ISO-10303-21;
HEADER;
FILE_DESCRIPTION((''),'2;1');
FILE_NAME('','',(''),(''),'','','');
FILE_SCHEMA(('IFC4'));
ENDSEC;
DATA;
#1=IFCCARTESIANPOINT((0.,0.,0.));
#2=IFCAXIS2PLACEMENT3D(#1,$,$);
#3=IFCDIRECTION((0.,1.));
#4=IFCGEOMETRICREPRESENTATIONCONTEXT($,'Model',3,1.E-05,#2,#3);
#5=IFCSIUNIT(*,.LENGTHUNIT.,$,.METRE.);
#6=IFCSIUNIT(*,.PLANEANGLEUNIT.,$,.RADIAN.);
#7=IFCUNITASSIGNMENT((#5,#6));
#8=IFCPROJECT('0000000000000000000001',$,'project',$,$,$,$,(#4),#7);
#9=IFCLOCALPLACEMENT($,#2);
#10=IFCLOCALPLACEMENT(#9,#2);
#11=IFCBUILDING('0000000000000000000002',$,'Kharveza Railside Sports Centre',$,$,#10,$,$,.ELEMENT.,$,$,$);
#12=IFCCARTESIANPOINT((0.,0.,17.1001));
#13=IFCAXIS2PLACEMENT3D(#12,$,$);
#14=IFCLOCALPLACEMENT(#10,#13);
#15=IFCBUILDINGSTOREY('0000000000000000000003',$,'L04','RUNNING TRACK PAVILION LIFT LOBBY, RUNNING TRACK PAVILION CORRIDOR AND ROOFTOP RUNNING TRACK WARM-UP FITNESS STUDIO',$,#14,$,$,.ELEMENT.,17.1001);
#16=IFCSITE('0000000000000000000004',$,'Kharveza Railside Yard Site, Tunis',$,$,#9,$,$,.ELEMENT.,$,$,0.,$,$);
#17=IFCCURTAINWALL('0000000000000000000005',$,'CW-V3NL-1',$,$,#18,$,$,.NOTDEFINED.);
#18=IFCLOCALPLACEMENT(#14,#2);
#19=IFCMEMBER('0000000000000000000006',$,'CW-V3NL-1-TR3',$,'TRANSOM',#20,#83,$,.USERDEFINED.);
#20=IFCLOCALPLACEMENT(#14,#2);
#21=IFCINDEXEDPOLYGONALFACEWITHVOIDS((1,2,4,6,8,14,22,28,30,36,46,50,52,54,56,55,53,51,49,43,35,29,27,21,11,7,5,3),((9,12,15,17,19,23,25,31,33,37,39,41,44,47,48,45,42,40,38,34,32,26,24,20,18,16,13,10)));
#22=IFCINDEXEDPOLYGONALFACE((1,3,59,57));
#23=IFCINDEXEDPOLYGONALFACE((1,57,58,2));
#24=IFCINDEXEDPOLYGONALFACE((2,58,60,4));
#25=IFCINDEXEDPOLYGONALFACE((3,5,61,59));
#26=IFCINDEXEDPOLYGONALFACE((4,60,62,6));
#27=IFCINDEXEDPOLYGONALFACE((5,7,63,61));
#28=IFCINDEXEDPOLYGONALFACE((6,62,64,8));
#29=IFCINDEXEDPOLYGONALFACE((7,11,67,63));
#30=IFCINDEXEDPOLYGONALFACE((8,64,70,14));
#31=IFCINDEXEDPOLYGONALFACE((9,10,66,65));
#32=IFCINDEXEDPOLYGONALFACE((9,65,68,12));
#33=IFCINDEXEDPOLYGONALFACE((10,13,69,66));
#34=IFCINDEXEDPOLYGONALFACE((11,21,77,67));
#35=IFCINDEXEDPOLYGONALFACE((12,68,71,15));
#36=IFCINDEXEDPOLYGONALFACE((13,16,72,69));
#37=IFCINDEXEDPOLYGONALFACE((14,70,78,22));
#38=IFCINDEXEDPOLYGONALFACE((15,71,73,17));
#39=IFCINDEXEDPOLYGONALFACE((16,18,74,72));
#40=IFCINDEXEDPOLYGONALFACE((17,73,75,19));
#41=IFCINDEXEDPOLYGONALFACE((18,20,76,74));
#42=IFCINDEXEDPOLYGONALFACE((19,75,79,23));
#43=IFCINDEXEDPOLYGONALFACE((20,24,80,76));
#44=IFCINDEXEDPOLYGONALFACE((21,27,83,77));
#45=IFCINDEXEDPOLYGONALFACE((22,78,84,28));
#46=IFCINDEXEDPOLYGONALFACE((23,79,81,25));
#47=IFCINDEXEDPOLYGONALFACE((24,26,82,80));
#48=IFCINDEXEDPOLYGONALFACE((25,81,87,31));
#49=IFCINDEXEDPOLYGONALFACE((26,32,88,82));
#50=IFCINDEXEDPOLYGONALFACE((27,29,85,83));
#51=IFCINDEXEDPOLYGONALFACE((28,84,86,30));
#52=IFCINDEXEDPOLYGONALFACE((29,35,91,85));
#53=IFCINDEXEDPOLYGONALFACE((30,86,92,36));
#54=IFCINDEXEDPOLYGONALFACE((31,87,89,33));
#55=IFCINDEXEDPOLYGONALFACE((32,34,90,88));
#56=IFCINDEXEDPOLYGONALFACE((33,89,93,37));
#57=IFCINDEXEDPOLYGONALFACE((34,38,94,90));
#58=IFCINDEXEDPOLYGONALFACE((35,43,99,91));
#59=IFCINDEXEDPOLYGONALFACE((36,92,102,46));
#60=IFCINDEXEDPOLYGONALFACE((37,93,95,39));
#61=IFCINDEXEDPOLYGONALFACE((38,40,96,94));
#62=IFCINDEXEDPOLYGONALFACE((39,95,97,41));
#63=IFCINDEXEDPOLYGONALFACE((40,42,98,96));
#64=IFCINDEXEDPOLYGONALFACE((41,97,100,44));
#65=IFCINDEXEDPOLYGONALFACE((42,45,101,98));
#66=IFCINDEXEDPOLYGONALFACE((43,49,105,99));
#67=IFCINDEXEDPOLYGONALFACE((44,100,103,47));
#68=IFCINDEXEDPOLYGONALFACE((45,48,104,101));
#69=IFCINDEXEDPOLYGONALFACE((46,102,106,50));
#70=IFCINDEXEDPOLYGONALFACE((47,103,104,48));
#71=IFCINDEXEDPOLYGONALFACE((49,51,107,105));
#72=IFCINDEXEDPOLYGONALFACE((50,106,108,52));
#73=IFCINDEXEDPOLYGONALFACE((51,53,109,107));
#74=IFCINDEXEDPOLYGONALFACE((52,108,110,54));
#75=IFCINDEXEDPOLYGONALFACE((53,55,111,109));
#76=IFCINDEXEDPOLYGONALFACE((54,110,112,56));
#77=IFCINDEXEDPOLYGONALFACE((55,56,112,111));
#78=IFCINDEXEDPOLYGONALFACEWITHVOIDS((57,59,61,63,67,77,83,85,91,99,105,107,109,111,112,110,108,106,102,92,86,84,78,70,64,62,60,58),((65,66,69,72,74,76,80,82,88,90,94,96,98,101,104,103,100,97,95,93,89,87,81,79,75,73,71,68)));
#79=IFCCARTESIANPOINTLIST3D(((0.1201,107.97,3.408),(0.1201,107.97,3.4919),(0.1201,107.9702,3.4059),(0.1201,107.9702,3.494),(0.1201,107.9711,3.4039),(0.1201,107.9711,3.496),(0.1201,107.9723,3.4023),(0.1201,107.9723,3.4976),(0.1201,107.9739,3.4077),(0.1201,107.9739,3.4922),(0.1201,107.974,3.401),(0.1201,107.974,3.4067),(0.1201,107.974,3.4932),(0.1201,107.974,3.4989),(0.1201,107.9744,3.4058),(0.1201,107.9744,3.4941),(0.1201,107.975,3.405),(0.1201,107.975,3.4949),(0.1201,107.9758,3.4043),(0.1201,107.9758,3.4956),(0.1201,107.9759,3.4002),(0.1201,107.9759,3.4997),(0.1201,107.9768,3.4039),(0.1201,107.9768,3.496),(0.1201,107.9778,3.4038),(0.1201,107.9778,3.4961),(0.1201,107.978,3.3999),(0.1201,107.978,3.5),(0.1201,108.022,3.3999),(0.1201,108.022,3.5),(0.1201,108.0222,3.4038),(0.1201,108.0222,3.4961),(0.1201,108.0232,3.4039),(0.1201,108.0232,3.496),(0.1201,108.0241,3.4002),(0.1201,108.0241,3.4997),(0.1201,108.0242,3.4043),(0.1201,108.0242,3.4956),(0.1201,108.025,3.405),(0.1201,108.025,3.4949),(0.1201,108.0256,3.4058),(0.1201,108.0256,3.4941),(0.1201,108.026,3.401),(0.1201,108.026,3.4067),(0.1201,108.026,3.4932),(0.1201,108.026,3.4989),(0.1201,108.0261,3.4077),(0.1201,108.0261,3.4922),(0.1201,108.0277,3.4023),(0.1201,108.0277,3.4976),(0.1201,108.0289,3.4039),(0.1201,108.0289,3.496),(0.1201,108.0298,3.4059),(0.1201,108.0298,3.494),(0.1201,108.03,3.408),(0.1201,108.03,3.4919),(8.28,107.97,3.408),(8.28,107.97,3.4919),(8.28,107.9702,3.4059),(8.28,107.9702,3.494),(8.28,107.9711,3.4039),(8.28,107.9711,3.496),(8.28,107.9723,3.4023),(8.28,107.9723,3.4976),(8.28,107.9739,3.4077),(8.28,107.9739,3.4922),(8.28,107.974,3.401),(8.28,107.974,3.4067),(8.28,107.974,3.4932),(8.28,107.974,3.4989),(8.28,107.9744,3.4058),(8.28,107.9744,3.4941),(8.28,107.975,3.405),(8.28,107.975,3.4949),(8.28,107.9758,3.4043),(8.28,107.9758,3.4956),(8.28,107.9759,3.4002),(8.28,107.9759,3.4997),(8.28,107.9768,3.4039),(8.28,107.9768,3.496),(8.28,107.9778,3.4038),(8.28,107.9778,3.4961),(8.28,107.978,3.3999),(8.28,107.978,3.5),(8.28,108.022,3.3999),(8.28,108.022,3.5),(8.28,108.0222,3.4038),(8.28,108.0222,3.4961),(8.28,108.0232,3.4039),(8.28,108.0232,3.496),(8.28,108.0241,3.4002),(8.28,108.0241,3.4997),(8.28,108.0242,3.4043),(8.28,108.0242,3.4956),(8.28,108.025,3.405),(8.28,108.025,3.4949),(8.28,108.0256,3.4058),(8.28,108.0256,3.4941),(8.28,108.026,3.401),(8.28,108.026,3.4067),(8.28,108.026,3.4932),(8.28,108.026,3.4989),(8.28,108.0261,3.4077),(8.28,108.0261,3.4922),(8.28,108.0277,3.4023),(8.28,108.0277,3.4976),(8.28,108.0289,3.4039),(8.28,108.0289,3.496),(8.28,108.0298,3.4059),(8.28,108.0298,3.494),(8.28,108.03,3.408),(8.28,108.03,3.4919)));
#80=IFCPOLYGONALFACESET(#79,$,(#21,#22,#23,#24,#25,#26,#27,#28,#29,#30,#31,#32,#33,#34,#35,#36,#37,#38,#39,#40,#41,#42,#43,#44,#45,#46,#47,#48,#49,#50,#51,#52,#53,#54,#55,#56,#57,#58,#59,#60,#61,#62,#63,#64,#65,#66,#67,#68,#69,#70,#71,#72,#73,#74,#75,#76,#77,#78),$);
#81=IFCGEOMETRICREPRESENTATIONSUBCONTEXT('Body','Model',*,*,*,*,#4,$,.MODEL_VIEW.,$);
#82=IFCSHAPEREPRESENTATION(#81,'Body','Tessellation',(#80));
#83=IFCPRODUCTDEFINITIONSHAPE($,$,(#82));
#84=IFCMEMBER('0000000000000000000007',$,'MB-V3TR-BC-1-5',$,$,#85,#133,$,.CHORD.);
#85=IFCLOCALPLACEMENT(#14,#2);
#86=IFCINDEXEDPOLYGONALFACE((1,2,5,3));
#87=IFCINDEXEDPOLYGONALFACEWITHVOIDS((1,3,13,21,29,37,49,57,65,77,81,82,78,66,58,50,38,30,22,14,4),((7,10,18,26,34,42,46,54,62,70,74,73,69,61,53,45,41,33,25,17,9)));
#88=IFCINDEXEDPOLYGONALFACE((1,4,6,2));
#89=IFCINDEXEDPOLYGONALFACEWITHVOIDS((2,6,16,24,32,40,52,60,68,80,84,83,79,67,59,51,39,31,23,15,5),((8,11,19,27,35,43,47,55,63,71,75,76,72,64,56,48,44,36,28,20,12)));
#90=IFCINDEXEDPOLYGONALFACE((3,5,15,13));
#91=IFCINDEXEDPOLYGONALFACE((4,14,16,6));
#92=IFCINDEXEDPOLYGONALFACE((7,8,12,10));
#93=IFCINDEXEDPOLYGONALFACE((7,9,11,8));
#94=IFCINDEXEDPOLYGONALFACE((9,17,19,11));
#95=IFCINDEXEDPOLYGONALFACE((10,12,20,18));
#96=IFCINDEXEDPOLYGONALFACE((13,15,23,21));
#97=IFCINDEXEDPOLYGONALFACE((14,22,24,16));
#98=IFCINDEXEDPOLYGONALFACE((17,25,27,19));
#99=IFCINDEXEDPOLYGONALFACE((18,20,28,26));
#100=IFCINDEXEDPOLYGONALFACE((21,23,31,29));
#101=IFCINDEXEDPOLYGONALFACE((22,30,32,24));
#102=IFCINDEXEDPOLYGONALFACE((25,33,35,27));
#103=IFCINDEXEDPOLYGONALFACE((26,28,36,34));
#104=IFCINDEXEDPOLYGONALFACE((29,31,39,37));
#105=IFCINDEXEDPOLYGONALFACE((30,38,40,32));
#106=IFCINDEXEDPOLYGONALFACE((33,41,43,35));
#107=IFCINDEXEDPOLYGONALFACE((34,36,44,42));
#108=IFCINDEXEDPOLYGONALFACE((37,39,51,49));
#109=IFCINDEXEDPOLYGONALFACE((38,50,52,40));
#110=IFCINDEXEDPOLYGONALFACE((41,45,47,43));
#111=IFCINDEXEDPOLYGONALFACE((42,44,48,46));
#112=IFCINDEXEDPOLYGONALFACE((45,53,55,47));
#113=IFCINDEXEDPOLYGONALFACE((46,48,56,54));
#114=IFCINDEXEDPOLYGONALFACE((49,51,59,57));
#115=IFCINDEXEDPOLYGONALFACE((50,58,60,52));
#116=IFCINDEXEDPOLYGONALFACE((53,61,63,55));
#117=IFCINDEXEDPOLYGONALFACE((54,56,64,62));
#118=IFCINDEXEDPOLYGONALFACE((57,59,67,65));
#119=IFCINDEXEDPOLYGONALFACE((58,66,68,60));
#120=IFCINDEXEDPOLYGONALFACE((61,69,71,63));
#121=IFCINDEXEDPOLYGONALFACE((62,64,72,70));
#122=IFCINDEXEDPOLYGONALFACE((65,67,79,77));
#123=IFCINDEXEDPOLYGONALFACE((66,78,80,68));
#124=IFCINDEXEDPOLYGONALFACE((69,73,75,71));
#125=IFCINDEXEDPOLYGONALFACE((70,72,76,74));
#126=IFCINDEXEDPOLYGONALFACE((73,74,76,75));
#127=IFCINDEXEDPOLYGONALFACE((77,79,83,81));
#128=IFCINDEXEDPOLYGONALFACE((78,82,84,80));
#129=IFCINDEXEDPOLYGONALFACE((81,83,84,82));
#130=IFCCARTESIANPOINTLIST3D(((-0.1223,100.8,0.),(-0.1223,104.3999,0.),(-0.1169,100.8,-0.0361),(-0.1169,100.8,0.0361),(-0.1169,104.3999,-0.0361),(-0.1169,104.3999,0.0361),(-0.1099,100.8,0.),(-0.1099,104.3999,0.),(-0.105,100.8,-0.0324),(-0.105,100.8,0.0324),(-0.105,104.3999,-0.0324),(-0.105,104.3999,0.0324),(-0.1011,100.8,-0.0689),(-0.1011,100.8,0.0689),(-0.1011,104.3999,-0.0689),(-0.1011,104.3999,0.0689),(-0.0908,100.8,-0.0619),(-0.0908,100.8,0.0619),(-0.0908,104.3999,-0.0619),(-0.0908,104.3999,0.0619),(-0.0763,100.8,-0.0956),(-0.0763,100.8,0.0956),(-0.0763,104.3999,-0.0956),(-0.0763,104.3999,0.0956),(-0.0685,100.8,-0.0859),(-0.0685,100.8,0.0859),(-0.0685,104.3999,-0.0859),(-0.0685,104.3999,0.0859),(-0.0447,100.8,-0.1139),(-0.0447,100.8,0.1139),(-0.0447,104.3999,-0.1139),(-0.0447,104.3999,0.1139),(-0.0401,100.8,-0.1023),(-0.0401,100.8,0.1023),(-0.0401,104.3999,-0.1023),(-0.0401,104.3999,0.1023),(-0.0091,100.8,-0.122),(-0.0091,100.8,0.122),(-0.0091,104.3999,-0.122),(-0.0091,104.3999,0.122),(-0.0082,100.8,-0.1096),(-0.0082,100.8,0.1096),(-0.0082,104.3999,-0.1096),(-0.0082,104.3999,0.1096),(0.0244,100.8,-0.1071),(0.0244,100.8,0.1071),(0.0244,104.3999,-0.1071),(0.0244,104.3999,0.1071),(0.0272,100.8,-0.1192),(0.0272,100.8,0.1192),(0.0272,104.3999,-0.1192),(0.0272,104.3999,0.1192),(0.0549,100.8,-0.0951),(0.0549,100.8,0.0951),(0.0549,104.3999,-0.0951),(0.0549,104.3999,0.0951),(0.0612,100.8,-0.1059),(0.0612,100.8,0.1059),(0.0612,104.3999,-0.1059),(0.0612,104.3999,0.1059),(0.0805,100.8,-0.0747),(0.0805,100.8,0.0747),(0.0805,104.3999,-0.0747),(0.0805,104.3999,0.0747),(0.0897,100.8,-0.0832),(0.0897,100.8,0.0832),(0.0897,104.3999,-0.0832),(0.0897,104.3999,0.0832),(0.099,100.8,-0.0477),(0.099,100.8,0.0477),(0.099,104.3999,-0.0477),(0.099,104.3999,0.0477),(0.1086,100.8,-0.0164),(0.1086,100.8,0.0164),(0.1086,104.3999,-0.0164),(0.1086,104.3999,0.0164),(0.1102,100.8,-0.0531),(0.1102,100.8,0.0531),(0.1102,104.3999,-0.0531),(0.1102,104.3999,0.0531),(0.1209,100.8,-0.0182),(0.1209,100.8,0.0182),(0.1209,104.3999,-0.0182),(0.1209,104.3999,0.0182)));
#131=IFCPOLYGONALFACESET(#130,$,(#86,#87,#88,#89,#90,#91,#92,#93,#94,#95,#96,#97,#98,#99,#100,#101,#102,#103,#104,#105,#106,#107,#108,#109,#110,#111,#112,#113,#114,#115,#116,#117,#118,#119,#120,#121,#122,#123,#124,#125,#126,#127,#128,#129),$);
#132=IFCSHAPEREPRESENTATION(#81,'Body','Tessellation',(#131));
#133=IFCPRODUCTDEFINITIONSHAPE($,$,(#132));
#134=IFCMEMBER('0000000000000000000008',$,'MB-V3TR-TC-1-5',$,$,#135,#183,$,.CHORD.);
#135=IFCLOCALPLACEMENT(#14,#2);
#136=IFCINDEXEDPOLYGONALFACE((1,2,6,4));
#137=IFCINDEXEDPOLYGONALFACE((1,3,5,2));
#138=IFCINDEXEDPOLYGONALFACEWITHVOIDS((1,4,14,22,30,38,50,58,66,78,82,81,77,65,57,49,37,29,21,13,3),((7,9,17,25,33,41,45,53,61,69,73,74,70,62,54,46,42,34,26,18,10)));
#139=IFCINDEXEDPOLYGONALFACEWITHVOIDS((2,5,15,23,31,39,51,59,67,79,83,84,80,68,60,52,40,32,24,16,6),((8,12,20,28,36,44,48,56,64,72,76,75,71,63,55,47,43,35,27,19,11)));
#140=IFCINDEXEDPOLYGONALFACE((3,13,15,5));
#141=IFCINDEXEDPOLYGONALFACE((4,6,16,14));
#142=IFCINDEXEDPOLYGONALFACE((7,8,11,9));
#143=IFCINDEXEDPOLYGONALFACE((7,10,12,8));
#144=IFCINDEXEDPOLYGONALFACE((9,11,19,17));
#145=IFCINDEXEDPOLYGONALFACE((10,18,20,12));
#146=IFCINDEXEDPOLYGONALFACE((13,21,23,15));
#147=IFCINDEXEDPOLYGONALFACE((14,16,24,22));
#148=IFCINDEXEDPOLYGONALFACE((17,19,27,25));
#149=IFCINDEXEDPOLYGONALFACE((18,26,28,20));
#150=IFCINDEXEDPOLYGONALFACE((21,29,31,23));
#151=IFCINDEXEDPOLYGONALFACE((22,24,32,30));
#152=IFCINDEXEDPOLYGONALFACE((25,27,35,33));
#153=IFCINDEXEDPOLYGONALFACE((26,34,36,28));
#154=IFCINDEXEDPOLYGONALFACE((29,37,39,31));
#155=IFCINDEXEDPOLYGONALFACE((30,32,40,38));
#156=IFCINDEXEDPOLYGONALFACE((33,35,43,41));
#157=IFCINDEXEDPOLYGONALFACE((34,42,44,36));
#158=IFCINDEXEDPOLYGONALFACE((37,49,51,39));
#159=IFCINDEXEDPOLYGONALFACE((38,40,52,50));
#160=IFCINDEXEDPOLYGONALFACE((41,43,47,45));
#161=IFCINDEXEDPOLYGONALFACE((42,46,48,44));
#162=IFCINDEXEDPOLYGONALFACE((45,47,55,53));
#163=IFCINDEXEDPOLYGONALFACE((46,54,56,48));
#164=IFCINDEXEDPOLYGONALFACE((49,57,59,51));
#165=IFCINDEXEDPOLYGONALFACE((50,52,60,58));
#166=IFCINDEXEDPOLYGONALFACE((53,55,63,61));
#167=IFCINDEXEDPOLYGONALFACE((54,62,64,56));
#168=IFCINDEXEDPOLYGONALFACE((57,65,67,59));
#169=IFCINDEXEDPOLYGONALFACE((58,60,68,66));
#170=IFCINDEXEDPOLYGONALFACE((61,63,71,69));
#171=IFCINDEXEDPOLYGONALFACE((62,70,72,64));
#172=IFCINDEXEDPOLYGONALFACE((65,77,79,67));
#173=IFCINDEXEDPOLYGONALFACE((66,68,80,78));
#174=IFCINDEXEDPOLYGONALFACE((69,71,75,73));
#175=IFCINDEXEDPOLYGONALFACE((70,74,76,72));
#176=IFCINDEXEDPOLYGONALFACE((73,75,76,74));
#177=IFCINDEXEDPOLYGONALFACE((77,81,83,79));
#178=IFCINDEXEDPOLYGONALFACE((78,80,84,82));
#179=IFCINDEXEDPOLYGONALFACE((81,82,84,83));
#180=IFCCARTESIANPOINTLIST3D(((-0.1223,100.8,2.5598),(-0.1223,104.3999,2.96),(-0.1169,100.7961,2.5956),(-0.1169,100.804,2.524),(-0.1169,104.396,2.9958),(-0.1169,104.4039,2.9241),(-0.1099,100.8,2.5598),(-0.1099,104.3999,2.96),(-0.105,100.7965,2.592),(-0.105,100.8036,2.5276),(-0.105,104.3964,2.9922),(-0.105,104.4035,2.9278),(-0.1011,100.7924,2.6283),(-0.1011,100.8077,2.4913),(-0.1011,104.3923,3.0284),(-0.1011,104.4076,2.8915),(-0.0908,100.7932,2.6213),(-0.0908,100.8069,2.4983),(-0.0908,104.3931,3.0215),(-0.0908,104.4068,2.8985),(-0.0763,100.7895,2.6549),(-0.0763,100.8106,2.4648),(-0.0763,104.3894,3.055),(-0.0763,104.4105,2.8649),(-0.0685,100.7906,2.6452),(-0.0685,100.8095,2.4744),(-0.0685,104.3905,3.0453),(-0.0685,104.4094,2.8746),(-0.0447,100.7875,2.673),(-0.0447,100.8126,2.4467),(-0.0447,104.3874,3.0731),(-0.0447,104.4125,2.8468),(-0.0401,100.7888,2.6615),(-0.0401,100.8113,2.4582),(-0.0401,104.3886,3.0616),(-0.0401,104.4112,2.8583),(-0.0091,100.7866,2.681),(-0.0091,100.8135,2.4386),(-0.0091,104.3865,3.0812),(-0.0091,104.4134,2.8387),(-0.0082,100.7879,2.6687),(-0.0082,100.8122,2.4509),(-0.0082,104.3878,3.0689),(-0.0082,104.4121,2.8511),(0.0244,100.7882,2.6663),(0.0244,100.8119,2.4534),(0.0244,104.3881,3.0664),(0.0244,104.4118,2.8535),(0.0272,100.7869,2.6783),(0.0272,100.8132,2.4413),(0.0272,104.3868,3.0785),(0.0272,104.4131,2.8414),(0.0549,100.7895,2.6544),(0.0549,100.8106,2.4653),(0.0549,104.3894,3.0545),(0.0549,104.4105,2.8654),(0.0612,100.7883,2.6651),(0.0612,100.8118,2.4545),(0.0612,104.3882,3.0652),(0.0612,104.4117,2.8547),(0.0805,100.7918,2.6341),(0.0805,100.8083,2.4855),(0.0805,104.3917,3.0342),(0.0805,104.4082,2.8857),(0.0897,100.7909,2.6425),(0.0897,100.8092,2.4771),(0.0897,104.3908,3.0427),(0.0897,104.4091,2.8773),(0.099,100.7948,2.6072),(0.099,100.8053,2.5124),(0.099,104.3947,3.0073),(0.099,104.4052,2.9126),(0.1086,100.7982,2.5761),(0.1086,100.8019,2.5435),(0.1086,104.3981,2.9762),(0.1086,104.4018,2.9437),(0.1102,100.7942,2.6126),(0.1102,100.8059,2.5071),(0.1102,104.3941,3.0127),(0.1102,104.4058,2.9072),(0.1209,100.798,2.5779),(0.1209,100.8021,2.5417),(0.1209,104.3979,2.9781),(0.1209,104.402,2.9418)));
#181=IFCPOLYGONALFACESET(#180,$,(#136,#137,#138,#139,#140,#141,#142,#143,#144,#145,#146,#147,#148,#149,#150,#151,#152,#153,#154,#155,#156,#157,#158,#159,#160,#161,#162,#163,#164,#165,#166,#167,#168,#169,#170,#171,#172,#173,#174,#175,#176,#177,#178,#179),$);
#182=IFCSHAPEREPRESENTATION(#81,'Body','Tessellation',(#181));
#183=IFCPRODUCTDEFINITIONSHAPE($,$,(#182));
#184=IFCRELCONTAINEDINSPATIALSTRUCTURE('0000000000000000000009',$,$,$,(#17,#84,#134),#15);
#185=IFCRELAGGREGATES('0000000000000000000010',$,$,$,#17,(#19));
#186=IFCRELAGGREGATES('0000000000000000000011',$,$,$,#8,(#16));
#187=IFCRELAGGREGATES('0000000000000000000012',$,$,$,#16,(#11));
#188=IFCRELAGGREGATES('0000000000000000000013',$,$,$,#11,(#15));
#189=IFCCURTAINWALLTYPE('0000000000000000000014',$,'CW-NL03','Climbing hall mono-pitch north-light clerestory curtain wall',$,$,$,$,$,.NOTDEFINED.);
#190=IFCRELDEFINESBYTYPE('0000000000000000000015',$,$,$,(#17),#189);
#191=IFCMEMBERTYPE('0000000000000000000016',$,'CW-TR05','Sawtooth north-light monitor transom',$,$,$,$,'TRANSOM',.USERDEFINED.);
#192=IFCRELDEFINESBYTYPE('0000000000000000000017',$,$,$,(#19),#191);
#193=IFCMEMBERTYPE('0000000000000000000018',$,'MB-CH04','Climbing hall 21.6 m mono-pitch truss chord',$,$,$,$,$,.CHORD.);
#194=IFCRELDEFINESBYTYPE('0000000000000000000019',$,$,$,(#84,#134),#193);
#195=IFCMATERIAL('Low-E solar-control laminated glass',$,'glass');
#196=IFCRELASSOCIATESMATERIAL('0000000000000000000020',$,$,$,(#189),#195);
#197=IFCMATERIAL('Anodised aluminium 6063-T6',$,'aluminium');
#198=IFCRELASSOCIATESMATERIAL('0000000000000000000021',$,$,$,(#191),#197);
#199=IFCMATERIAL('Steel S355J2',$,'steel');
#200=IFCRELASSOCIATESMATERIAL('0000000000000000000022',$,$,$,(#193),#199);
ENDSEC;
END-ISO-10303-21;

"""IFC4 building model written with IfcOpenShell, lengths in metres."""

from ifc_helpers import new_model, si_unit, direction, frame, origin, origin_2d, place, context, subcontext, project, spatial, hollow_rectangle, hollow_circle, extrude, material, material_profile, profile_set, type_object, element, aggregate, save


model = new_model("IFC4")

# Units and contexts
model_context = context("Model", 3, precision=1e-05, world=origin(), true_north=direction((0.0, 1.0)))
body_context = subcontext(model_context, "Body", "Model", "MODEL_VIEW")
ifc_project = project(units=[si_unit("LENGTHUNIT", "METRE"), si_unit("PLANEANGLEUNIT", "RADIAN")], contexts=[model_context])

# Site, building, storey
site_placement = place(None, origin())
site = spatial("IfcSite", under=ifc_project, at=site_placement, Name="Kharveza Railside Yard Site, Tunis", CompositionType="ELEMENT", RefElevation=0.0)
building_placement = place(site_placement, origin())
building = spatial("IfcBuilding", under=site, at=building_placement, Name="Kharveza Railside Sports Centre", CompositionType="ELEMENT")
storey_placement = place(building_placement, frame((0.0, 0.0, 17.1001)))
storey = spatial("IfcBuildingStorey", under=building, at=storey_placement, Name="L04", Description="RUNNING TRACK PAVILION LIFT LOBBY, RUNNING TRACK PAVILION CORRIDOR AND ROOFTOP RUNNING TRACK WARM-UP FITNESS STUDIO", CompositionType="ELEMENT", Elevation=17.1001)

# Curtain wall, member
ifc_material_1 = material(Name="Low-E solar-control laminated glass", Category="glass")
curtain_wall_type = type_object("IfcCurtainWallType", Name="CW-NL03", Description="Climbing hall mono-pitch north-light clerestory curtain wall", PredefinedType="NOTDEFINED", material=ifc_material_1)
curtain_wall_placement = place(storey_placement, origin())
curtain_wall = element("IfcCurtainWall", 1, at=curtain_wall_placement, inside=storey, type_object=curtain_wall_type, Name="CW-V3NL-1", PredefinedType="NOTDEFINED")
ifc_material_2 = material(Name="Anodised aluminium 6063-T6", Category="aluminium")
ifc_material_profile_1 = material_profile(ifc_material_2, hollow_rectangle(XDim=0.0601, YDim=0.1001, WallThickness=0.0039, InnerFilletRadius=0.0039, OuterFilletRadius=0.0081, at=origin_2d()), Name="RHS 60x100x4.0")
ifc_profile_set_1 = profile_set([ifc_material_profile_1], Name="Anodised aluminium 6063-T6")
member_type_1 = type_object("IfcMemberType", Name="CW-TR05", Description="Sawtooth north-light monitor transom", ElementType="TRANSOM", PredefinedType="USERDEFINED", material=ifc_profile_set_1)
member_1_placement = place(storey_placement, frame((0.1201, 108.0, 3.45), z_axis=(1.0, 0.0, 0.0), x_axis=(0.0, 1.0, 0.0)))
member_1 = element("IfcMember", 2, at=member_1_placement, type_object=member_type_1, Name="CW-V3NL-1-TR3", ObjectType="TRANSOM", PredefinedType="USERDEFINED", context=body_context, shape_type="SweptSolid", body=[
    extrude(hollow_rectangle(XDim=0.0601, YDim=0.1001, WallThickness=0.0039, InnerFilletRadius=0.0039, OuterFilletRadius=0.0081, at=origin_2d()), origin(), (0.0, 0.0, 1.0), 8.1599),
])

# Members
ifc_material_3 = material(Name="Steel S355J2", Category="steel")
ifc_material_profile_2 = material_profile(ifc_material_3, hollow_circle(Radius=0.1223, WallThickness=0.0125, at=origin_2d()), Name="CHS 244.5x12.5")
ifc_profile_set_2 = profile_set([ifc_material_profile_2], Name="Steel S355J2")
member_type_2 = type_object("IfcMemberType", Name="MB-CH04", Description="Climbing hall 21.6 m mono-pitch truss chord", PredefinedType="CHORD", material=ifc_profile_set_2)
member_2_placement = place(storey_placement, frame((0.0, 100.8, 0.0), z_axis=(0.0, 1.0, 0.0), x_axis=(-1.0, 0.0, 0.0)))
element("IfcMember", 3, at=member_2_placement, inside=storey, type_object=member_type_2, Name="MB-V3TR-BC-1-5", PredefinedType="CHORD", context=body_context, shape_type="SweptSolid", body=[
    extrude(hollow_circle(Radius=0.1223, WallThickness=0.0125, at=origin_2d()), origin(), (0.0, 0.0, 1.0), 3.5999),
])
member_3_placement = place(storey_placement, frame((0.0, 100.8, 2.5598), z_axis=(0.0, 0.993879, 0.110476), x_axis=(-1.0, 0.0, 0.0)))
element("IfcMember", 4, at=member_3_placement, inside=storey, type_object=member_type_2, Name="MB-V3TR-TC-1-5", PredefinedType="CHORD", context=body_context, shape_type="SweptSolid", body=[
    extrude(hollow_circle(Radius=0.1223, WallThickness=0.0125, at=origin_2d()), origin(), (0.0, 0.0, 1.0), 3.6221),
])

aggregate(curtain_wall, [member_1])

save(model, "model.ifc")
